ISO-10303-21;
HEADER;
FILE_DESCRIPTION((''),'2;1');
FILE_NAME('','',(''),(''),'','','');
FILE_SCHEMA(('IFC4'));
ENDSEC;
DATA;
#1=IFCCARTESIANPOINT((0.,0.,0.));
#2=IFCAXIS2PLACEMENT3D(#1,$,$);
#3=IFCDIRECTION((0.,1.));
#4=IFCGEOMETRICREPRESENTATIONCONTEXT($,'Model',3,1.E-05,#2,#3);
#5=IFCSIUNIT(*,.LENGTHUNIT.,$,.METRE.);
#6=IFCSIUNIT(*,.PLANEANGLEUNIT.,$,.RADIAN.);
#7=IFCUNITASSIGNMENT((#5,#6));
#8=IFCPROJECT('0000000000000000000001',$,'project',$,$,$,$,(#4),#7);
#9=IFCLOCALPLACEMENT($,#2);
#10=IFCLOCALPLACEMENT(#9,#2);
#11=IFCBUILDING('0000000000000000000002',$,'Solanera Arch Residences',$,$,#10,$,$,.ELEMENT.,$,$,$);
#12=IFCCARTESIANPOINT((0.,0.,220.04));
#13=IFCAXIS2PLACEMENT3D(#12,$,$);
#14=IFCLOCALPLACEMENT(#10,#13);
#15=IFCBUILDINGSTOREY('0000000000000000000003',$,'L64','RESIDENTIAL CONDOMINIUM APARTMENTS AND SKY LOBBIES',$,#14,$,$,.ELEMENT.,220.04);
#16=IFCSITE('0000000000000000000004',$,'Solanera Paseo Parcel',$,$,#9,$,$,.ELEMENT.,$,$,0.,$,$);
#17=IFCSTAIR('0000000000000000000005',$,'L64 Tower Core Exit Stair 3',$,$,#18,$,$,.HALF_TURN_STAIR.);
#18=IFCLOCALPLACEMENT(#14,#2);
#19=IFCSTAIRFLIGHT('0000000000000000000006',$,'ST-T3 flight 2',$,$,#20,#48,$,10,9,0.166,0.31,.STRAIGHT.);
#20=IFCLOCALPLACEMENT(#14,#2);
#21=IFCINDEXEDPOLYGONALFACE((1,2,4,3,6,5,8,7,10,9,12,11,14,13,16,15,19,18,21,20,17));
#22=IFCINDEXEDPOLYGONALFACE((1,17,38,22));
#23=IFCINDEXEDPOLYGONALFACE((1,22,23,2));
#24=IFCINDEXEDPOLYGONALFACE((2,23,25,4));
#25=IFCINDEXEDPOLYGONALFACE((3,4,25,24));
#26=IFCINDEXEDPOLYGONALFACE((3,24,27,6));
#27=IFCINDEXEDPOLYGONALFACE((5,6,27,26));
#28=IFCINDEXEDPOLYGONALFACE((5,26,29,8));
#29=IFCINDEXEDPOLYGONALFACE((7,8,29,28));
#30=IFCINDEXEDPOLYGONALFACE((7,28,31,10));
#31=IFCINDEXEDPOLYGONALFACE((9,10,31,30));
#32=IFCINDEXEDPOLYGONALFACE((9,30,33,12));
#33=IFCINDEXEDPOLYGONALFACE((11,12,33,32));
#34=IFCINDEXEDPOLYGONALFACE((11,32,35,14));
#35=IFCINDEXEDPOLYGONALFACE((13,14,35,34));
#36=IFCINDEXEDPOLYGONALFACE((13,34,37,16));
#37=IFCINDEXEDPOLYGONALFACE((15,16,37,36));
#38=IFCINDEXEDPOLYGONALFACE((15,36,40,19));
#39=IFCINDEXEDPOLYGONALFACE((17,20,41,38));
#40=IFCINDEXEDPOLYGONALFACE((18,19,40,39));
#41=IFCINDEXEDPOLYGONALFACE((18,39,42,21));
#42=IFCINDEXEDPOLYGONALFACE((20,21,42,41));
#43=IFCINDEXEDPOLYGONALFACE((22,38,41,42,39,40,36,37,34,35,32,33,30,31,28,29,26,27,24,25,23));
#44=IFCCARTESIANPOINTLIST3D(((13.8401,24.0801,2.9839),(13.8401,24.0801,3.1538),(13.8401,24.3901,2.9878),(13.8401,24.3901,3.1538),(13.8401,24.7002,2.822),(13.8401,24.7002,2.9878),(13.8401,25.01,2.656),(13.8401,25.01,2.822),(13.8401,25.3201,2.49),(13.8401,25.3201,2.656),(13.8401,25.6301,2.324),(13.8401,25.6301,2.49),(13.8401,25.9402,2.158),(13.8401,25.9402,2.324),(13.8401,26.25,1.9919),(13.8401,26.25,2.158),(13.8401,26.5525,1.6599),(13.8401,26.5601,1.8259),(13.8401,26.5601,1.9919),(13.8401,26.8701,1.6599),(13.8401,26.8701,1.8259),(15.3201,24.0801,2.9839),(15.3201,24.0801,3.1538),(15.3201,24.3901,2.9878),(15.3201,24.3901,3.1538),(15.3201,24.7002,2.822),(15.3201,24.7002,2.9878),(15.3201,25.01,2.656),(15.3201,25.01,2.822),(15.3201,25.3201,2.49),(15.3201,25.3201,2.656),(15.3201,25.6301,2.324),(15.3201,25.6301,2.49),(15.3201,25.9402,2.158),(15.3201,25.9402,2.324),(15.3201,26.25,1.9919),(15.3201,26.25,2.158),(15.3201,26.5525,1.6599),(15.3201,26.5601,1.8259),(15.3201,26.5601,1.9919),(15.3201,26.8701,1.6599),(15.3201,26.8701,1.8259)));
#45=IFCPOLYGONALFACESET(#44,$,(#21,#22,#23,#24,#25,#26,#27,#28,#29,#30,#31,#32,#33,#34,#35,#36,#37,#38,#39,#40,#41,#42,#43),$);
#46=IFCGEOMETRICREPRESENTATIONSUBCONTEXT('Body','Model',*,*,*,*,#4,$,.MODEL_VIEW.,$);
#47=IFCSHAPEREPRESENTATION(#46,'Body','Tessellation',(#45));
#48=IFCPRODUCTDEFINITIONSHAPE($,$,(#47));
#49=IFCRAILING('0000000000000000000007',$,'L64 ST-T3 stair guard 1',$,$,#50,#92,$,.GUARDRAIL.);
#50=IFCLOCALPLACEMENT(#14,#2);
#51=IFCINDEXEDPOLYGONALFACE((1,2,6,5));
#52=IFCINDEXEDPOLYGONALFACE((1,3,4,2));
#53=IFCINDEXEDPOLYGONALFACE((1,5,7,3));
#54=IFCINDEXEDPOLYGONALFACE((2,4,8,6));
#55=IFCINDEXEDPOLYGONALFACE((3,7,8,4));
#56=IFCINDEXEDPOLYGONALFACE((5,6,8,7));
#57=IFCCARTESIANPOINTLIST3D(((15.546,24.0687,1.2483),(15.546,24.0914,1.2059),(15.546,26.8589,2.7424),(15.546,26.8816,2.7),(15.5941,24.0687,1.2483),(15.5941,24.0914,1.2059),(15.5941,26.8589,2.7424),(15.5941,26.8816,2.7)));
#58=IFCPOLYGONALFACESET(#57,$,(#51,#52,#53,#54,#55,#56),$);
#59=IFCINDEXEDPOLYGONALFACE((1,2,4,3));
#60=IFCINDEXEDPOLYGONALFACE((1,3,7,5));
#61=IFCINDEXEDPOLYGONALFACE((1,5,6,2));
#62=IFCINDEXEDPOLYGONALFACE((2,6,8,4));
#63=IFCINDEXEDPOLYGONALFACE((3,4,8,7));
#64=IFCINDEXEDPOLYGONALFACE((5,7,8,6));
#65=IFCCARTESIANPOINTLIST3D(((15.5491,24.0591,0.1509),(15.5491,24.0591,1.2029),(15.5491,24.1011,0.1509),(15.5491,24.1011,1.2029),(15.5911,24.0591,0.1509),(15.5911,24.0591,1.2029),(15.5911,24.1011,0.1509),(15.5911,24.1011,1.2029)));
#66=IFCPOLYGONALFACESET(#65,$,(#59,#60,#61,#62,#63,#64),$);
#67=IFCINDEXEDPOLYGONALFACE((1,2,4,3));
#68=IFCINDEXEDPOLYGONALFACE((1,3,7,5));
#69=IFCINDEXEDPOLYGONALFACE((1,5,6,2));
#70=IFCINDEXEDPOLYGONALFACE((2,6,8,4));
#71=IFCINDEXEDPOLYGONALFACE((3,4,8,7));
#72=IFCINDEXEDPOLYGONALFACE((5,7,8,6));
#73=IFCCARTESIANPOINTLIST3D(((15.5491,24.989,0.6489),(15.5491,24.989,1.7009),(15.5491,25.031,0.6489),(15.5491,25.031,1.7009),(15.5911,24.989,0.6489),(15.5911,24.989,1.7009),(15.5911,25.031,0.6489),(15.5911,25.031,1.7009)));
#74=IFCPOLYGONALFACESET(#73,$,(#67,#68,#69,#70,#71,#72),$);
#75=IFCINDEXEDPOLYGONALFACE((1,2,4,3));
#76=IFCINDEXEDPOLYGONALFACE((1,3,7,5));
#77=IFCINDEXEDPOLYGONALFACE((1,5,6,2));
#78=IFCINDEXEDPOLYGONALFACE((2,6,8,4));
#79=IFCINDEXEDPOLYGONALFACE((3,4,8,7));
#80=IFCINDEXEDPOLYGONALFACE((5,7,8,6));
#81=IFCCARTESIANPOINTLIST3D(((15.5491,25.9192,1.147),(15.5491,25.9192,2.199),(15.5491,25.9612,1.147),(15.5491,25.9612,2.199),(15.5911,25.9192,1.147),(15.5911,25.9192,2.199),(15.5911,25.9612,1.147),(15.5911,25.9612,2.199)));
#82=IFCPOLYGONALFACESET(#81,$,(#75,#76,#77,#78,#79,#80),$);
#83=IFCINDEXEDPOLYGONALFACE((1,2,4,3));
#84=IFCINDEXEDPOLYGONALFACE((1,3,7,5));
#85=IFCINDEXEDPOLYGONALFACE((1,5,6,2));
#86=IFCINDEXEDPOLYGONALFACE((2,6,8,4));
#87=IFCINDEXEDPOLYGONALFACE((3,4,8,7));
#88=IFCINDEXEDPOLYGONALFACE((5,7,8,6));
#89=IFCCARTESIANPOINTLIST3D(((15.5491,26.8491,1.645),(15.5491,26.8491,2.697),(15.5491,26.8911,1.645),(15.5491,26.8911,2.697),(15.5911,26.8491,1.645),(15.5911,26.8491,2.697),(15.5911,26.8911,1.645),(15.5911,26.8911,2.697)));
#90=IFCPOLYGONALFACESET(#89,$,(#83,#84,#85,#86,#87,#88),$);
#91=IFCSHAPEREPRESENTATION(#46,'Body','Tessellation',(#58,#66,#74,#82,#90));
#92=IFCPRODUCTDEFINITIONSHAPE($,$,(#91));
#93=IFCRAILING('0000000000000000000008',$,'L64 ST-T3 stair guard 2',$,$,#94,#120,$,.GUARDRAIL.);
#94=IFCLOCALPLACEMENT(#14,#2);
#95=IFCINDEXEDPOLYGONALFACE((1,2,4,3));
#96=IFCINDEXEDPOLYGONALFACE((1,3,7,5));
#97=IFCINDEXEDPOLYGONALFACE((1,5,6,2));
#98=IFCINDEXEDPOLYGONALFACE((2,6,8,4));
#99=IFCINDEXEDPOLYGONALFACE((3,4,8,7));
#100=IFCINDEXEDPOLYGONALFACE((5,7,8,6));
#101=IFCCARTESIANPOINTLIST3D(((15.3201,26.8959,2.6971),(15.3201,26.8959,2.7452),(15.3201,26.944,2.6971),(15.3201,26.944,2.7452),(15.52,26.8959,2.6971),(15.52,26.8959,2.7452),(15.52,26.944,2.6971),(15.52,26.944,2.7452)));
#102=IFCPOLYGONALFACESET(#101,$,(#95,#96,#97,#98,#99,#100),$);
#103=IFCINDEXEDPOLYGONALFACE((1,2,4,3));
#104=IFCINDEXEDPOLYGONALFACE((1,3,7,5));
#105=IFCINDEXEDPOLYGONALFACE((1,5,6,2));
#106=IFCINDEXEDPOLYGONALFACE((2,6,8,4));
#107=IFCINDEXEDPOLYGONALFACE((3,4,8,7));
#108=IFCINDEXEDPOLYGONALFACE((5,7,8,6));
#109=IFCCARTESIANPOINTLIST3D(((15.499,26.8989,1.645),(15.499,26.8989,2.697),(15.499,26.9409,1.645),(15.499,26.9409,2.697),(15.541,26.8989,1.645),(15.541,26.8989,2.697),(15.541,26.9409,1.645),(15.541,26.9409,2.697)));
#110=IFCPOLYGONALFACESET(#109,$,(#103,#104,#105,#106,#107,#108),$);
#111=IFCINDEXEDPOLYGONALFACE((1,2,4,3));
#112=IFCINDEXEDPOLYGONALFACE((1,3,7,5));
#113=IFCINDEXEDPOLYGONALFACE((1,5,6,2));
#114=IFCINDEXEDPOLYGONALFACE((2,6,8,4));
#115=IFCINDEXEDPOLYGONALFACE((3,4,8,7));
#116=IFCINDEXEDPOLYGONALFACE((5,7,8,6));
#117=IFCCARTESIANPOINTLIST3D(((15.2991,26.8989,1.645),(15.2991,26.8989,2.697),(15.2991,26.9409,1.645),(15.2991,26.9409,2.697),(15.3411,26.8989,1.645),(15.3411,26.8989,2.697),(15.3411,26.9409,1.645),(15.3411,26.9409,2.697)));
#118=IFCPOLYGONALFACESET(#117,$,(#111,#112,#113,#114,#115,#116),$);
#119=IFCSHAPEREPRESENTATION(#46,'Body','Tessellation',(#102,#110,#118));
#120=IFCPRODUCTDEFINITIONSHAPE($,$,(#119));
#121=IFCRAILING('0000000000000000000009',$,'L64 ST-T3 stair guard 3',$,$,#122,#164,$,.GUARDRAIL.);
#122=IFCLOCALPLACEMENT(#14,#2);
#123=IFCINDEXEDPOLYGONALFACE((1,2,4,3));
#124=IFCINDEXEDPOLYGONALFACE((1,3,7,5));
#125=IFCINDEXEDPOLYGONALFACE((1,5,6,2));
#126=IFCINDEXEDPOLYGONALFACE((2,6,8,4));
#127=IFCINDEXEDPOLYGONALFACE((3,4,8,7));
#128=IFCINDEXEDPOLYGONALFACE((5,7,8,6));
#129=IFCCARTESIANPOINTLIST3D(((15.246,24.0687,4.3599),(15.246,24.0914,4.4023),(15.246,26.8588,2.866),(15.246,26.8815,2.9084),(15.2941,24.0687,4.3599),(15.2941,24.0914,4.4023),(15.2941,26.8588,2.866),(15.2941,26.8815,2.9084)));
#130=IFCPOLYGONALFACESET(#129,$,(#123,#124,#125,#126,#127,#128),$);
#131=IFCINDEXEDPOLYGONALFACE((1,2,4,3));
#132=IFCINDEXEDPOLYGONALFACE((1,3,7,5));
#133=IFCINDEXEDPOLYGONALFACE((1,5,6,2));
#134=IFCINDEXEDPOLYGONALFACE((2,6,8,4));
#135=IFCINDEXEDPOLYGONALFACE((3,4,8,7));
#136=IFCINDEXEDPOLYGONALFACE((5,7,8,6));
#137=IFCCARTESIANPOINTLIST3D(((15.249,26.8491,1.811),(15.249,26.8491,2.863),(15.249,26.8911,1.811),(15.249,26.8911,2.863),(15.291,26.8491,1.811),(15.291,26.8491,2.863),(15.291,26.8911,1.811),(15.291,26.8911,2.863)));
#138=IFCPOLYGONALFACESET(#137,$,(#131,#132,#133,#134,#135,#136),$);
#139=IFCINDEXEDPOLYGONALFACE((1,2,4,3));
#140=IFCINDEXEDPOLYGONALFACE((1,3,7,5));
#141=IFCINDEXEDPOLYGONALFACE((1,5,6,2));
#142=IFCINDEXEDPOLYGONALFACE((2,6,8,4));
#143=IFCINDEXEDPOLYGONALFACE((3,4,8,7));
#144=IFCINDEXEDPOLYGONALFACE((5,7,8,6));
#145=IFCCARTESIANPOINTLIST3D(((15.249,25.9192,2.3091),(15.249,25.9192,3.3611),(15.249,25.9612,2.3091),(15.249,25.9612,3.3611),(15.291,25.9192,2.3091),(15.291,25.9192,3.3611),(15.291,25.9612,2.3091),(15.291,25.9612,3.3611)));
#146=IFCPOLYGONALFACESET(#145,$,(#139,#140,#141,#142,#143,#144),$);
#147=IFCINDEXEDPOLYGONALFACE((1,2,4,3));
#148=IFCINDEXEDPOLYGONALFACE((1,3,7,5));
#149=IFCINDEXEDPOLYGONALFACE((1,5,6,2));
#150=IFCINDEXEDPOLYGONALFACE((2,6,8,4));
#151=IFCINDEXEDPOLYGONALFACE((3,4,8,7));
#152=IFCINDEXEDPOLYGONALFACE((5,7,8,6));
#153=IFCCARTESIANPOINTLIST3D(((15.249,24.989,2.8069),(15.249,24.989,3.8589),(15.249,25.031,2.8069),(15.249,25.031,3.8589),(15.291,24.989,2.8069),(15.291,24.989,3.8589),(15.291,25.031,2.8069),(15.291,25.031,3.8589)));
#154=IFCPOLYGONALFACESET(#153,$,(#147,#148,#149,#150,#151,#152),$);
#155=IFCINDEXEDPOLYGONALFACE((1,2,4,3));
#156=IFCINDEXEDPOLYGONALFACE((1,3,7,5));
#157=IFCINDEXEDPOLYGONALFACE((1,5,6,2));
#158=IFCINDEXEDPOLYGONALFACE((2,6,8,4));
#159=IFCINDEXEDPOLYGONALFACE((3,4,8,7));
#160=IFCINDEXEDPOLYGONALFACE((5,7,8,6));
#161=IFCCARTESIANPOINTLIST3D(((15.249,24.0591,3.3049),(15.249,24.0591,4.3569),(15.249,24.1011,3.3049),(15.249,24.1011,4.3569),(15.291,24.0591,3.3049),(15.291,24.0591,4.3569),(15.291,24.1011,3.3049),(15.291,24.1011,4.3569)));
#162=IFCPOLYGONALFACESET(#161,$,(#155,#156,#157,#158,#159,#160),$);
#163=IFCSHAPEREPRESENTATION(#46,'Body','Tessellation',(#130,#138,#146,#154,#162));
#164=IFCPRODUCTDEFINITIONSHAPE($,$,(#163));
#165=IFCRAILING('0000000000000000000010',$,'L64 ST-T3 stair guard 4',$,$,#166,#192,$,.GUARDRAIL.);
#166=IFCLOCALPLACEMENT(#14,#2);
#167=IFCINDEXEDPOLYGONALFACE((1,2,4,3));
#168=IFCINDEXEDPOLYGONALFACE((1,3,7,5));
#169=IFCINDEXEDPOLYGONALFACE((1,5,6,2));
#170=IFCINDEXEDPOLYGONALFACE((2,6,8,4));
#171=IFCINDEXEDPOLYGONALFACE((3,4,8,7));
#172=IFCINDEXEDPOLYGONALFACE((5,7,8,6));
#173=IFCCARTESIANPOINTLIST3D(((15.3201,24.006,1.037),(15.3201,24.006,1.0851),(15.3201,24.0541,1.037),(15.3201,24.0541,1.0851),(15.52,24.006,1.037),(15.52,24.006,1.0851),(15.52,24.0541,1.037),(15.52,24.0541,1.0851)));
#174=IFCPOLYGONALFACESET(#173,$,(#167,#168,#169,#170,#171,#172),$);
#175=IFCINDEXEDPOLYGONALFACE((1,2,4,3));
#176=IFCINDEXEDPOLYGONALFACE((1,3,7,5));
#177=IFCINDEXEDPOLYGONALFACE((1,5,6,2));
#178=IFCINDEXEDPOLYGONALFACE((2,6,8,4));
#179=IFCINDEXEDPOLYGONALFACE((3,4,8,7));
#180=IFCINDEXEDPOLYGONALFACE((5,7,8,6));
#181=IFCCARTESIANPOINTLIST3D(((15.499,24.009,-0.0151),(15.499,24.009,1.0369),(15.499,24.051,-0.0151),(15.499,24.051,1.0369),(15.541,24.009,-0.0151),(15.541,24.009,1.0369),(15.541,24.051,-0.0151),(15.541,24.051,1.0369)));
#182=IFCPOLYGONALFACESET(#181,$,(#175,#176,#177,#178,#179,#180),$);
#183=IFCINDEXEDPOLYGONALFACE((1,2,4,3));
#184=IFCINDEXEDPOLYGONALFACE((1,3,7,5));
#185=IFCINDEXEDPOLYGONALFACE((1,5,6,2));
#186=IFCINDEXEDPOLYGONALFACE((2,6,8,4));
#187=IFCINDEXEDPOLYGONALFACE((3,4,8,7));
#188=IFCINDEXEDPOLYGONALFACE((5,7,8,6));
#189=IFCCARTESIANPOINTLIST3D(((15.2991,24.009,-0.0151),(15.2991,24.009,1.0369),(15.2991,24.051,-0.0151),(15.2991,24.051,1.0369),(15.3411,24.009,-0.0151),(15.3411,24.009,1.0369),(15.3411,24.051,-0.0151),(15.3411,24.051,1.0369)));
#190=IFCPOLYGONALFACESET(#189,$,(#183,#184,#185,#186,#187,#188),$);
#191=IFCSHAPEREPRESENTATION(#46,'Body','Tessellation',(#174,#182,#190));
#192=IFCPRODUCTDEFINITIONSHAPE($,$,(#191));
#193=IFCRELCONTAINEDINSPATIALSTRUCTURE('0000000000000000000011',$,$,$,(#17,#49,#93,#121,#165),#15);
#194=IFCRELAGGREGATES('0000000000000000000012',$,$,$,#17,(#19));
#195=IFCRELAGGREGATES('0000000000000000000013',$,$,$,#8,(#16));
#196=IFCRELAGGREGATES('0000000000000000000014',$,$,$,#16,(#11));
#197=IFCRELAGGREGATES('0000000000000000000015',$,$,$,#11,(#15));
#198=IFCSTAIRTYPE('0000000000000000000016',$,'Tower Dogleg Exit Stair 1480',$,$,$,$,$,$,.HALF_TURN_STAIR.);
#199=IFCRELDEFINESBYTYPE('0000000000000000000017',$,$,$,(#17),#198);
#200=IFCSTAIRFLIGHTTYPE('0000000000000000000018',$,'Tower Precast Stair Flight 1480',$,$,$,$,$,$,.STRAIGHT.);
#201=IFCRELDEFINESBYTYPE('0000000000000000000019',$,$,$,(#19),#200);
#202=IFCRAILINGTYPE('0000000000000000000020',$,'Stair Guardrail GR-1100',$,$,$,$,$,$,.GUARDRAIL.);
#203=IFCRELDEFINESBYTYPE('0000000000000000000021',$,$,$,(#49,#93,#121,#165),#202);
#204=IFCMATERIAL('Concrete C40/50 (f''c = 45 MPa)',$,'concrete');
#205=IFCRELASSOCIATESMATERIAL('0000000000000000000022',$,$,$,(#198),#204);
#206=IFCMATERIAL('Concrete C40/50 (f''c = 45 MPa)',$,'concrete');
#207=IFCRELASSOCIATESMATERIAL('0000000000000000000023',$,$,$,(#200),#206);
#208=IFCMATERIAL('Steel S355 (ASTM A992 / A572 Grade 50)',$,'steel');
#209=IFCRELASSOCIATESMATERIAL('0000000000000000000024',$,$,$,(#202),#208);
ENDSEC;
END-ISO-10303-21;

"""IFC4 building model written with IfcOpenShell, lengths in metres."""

from ifc_helpers import new_model, si_unit, direction, frame, origin, origin_2d, place, context, subcontext, project, spatial, polyline, rectangle, outline, extrude, material, type_object, element, aggregate, save


model = new_model("IFC4")

# Units and contexts
model_context = context("Model", 3, precision=1e-05, world=origin(), true_north=direction((0.0, 1.0)))
body_context = subcontext(model_context, "Body", "Model", "MODEL_VIEW")
ifc_project = project(units=[si_unit("LENGTHUNIT", "METRE"), si_unit("PLANEANGLEUNIT", "RADIAN")], contexts=[model_context])

# Site, building, storey
site_placement = place(None, origin())
site = spatial("IfcSite", under=ifc_project, at=site_placement, Name="Solanera Paseo Parcel", CompositionType="ELEMENT", RefElevation=0.0)
building_placement = place(site_placement, origin())
building = spatial("IfcBuilding", under=site, at=building_placement, Name="Solanera Arch Residences", CompositionType="ELEMENT")
storey_placement = place(building_placement, frame((0.0, 0.0, 220.04)))
storey = spatial("IfcBuildingStorey", under=building, at=storey_placement, Name="L64", Description="RESIDENTIAL CONDOMINIUM APARTMENTS AND SKY LOBBIES", CompositionType="ELEMENT", Elevation=220.04)

# Stair, stair flight
ifc_material_1 = material(Name="Concrete C40/50 (f'c = 45 MPa)", Category="concrete")
stair_type = type_object("IfcStairType", Name="Tower Dogleg Exit Stair 1480", PredefinedType="HALF_TURN_STAIR", material=ifc_material_1)
stair_placement = place(storey_placement, origin())
stair = element("IfcStair", 1, at=stair_placement, inside=storey, type_object=stair_type, Name="L64 Tower Core Exit Stair 3", PredefinedType="HALF_TURN_STAIR")
ifc_material_2 = material(Name="Concrete C40/50 (f'c = 45 MPa)", Category="concrete")
stair_flight_type = type_object("IfcStairFlightType", Name="Tower Precast Stair Flight 1480", PredefinedType="STRAIGHT", material=ifc_material_2)
stair_flight_1_placement = place(storey_placement, frame((14.5801, 26.8701, 1.6599), z_axis=(0.0, 0.0, 1.0), x_axis=(0.0, -1.0, 0.0)))
stair_flight_1 = element("IfcStairFlight", 2, at=stair_flight_1_placement, type_object=stair_flight_type, Name="ST-T3 flight 2", NumberOfRisers=10, NumberOfTreads=9, PredefinedType="STRAIGHT", RiserHeight=0.166, TreadLength=0.31, context=body_context, shape_type="SweptSolid", body=[
    extrude(outline(polyline([(0.0, 0.0), (0.0, 0.166), (0.3101, 0.166), (0.3101, 0.332), (0.6201, 0.332), (0.6201, 0.498), (0.9299, 0.498), (0.9299, 0.6641), (1.24, 0.6641), (1.24, 0.8301), (1.55, 0.8301), (1.55, 0.9961), (1.8601, 0.9961), (1.8601, 1.1621), (2.1699, 1.1621), (2.1699, 1.3279), (2.48, 1.3279), (2.48, 1.4939), (2.79, 1.4939), (2.79, 1.6599), (2.79, 1.324), (0.3176, 0.0), (0.0, 0.0)])), frame((0.0, 0.74, 0.0), z_axis=(0.0, -1.0, 0.0), x_axis=(1.0, 0.0, 0.0)), (0.0, 0.0, 1.0), 1.48),
])
aggregate(stair, [stair_flight_1])

# Railings
ifc_material_3 = material(Name="Steel S355 (ASTM A992 / A572 Grade 50)", Category="steel")
railing_type_1 = type_object("IfcRailingType", Name="Stair Guardrail GR-1100", PredefinedType="GUARDRAIL", material=ifc_material_3)
railing_1_placement = place(storey_placement, frame((15.5701, 24.0801, 0.1509)))
element("IfcRailing", 3, at=railing_1_placement, inside=storey, type_object=railing_type_1, Name="L64 ST-T3 stair guard 1", PredefinedType="GUARDRAIL", context=body_context, shape_type="SweptSolid", body=[
    extrude(rectangle(XDim=0.0481, YDim=0.0481, at=origin_2d()), frame((0.0, 0.0, 1.0762), z_axis=(0.0, 0.881549, 0.472093), x_axis=(-1.0, 0.0, 0.0)), (0.0, 0.0, 1.0), 3.165),
    extrude(rectangle(XDim=0.042, YDim=0.042, at=origin_2d()), origin(), (0.0, 0.0, 1.0), 1.052),
    extrude(rectangle(XDim=0.042, YDim=0.042, at=origin_2d()), frame((0.0, 0.9299, 0.498)), (0.0, 0.0, 1.0), 1.052),
    extrude(rectangle(XDim=0.042, YDim=0.042, at=origin_2d()), frame((0.0, 1.8601, 0.9961)), (0.0, 0.0, 1.0), 1.052),
    extrude(rectangle(XDim=0.042, YDim=0.042, at=origin_2d()), frame((0.0, 2.79, 1.4941)), (0.0, 0.0, 1.0), 1.052),
])
railing_2_placement = place(storey_placement, frame((15.52, 26.9199, 1.645)))
element("IfcRailing", 4, at=railing_2_placement, inside=storey, type_object=railing_type_1, Name="L64 ST-T3 stair guard 2", PredefinedType="GUARDRAIL", context=body_context, shape_type="SweptSolid", body=[
    extrude(rectangle(XDim=0.0481, YDim=0.0481, at=origin_2d()), frame((0.0, 0.0, 1.0762), z_axis=(-1.0, 0.0, 0.0), x_axis=(0.0, -1.0, 0.0)), (0.0, 0.0, 1.0), 0.2),
    extrude(rectangle(XDim=0.042, YDim=0.042, at=origin_2d()), origin(), (0.0, 0.0, 1.0), 1.052),
    extrude(rectangle(XDim=0.042, YDim=0.042, at=origin_2d()), frame((-0.2, 0.0, 0.0)), (0.0, 0.0, 1.0), 1.052),
])
railing_3_placement = place(storey_placement, frame((15.27, 26.8701, 1.811)))
element("IfcRailing", 5, at=railing_3_placement, inside=storey, type_object=railing_type_1, Name="L64 ST-T3 stair guard 3", PredefinedType="GUARDRAIL", context=body_context, shape_type="SweptSolid", body=[
    extrude(rectangle(XDim=0.0481, YDim=0.0481, at=origin_2d()), frame((0.0, 0.0, 1.0762), z_axis=(0.0, -0.881581, 0.472033), x_axis=(1.0, 0.0, 0.0)), (0.0, 0.0, 1.0), 3.1648),
    extrude(rectangle(XDim=0.042, YDim=0.042, at=origin_2d()), origin(), (0.0, 0.0, 1.0), 1.052),
    extrude(rectangle(XDim=0.042, YDim=0.042, at=origin_2d()), frame((0.0, -0.9299, 0.498)), (0.0, 0.0, 1.0), 1.052),
    extrude(rectangle(XDim=0.042, YDim=0.042, at=origin_2d()), frame((0.0, -1.8601, 0.9958)), (0.0, 0.0, 1.0), 1.052),
    extrude(rectangle(XDim=0.042, YDim=0.042, at=origin_2d()), frame((0.0, -2.79, 1.4939)), (0.0, 0.0, 1.0), 1.052),
])
railing_4_placement = place(storey_placement, frame((15.52, 24.03, -0.0151)))
element("IfcRailing", 6, at=railing_4_placement, inside=storey, type_object=railing_type_1, Name="L64 ST-T3 stair guard 4", PredefinedType="GUARDRAIL", context=body_context, shape_type="SweptSolid", body=[
    extrude(rectangle(XDim=0.0481, YDim=0.0481, at=origin_2d()), frame((0.0, 0.0, 1.0762), z_axis=(-1.0, 0.0, 0.0), x_axis=(0.0, -1.0, 0.0)), (0.0, 0.0, 1.0), 0.2),
    extrude(rectangle(XDim=0.042, YDim=0.042, at=origin_2d()), origin(), (0.0, 0.0, 1.0), 1.052),
    extrude(rectangle(XDim=0.042, YDim=0.042, at=origin_2d()), frame((-0.2, 0.0, 0.0)), (0.0, 0.0, 1.0), 1.052),
])

save(model, "model.ifc")
